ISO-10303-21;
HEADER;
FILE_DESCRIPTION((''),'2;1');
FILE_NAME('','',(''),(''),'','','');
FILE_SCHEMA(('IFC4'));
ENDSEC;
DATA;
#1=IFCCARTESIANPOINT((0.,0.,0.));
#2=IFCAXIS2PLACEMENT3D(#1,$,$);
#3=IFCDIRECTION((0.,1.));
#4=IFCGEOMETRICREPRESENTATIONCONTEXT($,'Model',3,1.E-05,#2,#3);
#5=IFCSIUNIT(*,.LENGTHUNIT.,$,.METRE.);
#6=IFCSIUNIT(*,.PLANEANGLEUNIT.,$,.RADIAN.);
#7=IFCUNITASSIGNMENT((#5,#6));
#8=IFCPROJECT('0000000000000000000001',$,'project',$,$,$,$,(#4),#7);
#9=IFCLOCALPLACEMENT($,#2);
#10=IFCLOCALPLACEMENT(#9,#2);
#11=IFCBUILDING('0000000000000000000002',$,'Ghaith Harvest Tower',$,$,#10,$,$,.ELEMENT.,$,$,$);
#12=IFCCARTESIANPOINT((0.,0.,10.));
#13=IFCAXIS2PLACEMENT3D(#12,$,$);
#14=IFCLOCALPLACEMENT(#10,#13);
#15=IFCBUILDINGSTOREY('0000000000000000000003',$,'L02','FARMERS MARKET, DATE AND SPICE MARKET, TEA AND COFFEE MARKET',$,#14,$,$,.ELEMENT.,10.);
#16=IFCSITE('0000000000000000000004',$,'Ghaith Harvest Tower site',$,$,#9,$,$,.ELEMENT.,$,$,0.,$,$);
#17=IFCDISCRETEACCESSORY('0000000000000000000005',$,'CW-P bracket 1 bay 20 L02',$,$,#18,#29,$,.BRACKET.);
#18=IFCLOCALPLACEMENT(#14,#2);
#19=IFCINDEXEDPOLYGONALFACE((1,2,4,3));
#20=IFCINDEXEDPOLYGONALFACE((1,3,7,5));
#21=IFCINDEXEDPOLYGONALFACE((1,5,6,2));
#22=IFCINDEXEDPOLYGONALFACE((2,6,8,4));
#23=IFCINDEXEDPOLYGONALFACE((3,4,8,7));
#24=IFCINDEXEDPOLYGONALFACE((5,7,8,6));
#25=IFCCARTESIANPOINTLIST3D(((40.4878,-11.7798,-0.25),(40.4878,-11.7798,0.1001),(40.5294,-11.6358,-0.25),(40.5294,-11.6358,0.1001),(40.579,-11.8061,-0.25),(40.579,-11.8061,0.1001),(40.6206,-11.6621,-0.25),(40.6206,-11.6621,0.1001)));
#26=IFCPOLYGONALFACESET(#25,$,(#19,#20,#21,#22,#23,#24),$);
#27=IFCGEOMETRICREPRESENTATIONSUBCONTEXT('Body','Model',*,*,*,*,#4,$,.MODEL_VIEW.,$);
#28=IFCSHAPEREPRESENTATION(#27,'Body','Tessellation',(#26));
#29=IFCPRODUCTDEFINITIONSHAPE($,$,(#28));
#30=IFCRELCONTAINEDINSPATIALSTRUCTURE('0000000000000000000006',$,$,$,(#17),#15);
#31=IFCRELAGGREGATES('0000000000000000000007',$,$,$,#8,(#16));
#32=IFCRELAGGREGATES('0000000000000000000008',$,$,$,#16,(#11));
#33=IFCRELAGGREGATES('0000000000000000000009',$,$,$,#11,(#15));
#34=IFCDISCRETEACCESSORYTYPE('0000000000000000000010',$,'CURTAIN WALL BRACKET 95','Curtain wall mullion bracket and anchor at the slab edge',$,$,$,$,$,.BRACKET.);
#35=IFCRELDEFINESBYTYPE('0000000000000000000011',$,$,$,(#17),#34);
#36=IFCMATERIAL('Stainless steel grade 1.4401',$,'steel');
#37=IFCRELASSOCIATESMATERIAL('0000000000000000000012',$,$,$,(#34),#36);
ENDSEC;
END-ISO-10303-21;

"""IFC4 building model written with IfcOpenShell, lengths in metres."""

from ifc_helpers import new_model, si_unit, direction, frame, origin, origin_2d, place, context, subcontext, project, spatial, rectangle, extrude, material, type_object, element, save


model = new_model("IFC4")

# Units and contexts
model_context = context("Model", 3, precision=1e-05, world=origin(), true_north=direction((0.0, 1.0)))
body_context = subcontext(model_context, "Body", "Model", "MODEL_VIEW")
ifc_project = project(units=[si_unit("LENGTHUNIT", "METRE"), si_unit("PLANEANGLEUNIT", "RADIAN")], contexts=[model_context])

# Site, building, storey
site_placement = place(None, origin())
site = spatial("IfcSite", under=ifc_project, at=site_placement, Name="Ghaith Harvest Tower site", CompositionType="ELEMENT", RefElevation=0.0)
building_placement = place(site_placement, origin())
building = spatial("IfcBuilding", under=site, at=building_placement, Name="Ghaith Harvest Tower", CompositionType="ELEMENT")
storey_placement = place(building_placement, frame((0.0, 0.0, 10.0)))
storey = spatial("IfcBuildingStorey", under=building, at=storey_placement, Name="L02", Description="FARMERS MARKET, DATE AND SPICE MARKET, TEA AND COFFEE MARKET", CompositionType="ELEMENT", Elevation=10.0)

# Discrete accessory
ifc_material_1 = material(Name="Stainless steel grade 1.4401", Category="steel")
discrete_accessory_type_1 = type_object("IfcDiscreteAccessoryType", Name="CURTAIN WALL BRACKET 95", Description="Curtain wall mullion bracket and anchor at the slab edge", PredefinedType="BRACKET", material=ifc_material_1)
discrete_accessory_1_placement = place(storey_placement, frame((40.5542, -11.7209, -0.25), z_axis=(0.0, 0.0, 1.0), x_axis=(0.96068, -0.277657, 0.0)))
element("IfcDiscreteAccessory", 1, at=discrete_accessory_1_placement, inside=storey, type_object=discrete_accessory_type_1, Name="CW-P bracket 1 bay 20 L02", PredefinedType="BRACKET", context=body_context, shape_type="SweptSolid", body=[
    extrude(rectangle(XDim=0.095, YDim=0.1499, at=origin_2d()), origin(), (0.0, 0.0, 1.0), 0.3501),
])

save(model, "model.ifc")
